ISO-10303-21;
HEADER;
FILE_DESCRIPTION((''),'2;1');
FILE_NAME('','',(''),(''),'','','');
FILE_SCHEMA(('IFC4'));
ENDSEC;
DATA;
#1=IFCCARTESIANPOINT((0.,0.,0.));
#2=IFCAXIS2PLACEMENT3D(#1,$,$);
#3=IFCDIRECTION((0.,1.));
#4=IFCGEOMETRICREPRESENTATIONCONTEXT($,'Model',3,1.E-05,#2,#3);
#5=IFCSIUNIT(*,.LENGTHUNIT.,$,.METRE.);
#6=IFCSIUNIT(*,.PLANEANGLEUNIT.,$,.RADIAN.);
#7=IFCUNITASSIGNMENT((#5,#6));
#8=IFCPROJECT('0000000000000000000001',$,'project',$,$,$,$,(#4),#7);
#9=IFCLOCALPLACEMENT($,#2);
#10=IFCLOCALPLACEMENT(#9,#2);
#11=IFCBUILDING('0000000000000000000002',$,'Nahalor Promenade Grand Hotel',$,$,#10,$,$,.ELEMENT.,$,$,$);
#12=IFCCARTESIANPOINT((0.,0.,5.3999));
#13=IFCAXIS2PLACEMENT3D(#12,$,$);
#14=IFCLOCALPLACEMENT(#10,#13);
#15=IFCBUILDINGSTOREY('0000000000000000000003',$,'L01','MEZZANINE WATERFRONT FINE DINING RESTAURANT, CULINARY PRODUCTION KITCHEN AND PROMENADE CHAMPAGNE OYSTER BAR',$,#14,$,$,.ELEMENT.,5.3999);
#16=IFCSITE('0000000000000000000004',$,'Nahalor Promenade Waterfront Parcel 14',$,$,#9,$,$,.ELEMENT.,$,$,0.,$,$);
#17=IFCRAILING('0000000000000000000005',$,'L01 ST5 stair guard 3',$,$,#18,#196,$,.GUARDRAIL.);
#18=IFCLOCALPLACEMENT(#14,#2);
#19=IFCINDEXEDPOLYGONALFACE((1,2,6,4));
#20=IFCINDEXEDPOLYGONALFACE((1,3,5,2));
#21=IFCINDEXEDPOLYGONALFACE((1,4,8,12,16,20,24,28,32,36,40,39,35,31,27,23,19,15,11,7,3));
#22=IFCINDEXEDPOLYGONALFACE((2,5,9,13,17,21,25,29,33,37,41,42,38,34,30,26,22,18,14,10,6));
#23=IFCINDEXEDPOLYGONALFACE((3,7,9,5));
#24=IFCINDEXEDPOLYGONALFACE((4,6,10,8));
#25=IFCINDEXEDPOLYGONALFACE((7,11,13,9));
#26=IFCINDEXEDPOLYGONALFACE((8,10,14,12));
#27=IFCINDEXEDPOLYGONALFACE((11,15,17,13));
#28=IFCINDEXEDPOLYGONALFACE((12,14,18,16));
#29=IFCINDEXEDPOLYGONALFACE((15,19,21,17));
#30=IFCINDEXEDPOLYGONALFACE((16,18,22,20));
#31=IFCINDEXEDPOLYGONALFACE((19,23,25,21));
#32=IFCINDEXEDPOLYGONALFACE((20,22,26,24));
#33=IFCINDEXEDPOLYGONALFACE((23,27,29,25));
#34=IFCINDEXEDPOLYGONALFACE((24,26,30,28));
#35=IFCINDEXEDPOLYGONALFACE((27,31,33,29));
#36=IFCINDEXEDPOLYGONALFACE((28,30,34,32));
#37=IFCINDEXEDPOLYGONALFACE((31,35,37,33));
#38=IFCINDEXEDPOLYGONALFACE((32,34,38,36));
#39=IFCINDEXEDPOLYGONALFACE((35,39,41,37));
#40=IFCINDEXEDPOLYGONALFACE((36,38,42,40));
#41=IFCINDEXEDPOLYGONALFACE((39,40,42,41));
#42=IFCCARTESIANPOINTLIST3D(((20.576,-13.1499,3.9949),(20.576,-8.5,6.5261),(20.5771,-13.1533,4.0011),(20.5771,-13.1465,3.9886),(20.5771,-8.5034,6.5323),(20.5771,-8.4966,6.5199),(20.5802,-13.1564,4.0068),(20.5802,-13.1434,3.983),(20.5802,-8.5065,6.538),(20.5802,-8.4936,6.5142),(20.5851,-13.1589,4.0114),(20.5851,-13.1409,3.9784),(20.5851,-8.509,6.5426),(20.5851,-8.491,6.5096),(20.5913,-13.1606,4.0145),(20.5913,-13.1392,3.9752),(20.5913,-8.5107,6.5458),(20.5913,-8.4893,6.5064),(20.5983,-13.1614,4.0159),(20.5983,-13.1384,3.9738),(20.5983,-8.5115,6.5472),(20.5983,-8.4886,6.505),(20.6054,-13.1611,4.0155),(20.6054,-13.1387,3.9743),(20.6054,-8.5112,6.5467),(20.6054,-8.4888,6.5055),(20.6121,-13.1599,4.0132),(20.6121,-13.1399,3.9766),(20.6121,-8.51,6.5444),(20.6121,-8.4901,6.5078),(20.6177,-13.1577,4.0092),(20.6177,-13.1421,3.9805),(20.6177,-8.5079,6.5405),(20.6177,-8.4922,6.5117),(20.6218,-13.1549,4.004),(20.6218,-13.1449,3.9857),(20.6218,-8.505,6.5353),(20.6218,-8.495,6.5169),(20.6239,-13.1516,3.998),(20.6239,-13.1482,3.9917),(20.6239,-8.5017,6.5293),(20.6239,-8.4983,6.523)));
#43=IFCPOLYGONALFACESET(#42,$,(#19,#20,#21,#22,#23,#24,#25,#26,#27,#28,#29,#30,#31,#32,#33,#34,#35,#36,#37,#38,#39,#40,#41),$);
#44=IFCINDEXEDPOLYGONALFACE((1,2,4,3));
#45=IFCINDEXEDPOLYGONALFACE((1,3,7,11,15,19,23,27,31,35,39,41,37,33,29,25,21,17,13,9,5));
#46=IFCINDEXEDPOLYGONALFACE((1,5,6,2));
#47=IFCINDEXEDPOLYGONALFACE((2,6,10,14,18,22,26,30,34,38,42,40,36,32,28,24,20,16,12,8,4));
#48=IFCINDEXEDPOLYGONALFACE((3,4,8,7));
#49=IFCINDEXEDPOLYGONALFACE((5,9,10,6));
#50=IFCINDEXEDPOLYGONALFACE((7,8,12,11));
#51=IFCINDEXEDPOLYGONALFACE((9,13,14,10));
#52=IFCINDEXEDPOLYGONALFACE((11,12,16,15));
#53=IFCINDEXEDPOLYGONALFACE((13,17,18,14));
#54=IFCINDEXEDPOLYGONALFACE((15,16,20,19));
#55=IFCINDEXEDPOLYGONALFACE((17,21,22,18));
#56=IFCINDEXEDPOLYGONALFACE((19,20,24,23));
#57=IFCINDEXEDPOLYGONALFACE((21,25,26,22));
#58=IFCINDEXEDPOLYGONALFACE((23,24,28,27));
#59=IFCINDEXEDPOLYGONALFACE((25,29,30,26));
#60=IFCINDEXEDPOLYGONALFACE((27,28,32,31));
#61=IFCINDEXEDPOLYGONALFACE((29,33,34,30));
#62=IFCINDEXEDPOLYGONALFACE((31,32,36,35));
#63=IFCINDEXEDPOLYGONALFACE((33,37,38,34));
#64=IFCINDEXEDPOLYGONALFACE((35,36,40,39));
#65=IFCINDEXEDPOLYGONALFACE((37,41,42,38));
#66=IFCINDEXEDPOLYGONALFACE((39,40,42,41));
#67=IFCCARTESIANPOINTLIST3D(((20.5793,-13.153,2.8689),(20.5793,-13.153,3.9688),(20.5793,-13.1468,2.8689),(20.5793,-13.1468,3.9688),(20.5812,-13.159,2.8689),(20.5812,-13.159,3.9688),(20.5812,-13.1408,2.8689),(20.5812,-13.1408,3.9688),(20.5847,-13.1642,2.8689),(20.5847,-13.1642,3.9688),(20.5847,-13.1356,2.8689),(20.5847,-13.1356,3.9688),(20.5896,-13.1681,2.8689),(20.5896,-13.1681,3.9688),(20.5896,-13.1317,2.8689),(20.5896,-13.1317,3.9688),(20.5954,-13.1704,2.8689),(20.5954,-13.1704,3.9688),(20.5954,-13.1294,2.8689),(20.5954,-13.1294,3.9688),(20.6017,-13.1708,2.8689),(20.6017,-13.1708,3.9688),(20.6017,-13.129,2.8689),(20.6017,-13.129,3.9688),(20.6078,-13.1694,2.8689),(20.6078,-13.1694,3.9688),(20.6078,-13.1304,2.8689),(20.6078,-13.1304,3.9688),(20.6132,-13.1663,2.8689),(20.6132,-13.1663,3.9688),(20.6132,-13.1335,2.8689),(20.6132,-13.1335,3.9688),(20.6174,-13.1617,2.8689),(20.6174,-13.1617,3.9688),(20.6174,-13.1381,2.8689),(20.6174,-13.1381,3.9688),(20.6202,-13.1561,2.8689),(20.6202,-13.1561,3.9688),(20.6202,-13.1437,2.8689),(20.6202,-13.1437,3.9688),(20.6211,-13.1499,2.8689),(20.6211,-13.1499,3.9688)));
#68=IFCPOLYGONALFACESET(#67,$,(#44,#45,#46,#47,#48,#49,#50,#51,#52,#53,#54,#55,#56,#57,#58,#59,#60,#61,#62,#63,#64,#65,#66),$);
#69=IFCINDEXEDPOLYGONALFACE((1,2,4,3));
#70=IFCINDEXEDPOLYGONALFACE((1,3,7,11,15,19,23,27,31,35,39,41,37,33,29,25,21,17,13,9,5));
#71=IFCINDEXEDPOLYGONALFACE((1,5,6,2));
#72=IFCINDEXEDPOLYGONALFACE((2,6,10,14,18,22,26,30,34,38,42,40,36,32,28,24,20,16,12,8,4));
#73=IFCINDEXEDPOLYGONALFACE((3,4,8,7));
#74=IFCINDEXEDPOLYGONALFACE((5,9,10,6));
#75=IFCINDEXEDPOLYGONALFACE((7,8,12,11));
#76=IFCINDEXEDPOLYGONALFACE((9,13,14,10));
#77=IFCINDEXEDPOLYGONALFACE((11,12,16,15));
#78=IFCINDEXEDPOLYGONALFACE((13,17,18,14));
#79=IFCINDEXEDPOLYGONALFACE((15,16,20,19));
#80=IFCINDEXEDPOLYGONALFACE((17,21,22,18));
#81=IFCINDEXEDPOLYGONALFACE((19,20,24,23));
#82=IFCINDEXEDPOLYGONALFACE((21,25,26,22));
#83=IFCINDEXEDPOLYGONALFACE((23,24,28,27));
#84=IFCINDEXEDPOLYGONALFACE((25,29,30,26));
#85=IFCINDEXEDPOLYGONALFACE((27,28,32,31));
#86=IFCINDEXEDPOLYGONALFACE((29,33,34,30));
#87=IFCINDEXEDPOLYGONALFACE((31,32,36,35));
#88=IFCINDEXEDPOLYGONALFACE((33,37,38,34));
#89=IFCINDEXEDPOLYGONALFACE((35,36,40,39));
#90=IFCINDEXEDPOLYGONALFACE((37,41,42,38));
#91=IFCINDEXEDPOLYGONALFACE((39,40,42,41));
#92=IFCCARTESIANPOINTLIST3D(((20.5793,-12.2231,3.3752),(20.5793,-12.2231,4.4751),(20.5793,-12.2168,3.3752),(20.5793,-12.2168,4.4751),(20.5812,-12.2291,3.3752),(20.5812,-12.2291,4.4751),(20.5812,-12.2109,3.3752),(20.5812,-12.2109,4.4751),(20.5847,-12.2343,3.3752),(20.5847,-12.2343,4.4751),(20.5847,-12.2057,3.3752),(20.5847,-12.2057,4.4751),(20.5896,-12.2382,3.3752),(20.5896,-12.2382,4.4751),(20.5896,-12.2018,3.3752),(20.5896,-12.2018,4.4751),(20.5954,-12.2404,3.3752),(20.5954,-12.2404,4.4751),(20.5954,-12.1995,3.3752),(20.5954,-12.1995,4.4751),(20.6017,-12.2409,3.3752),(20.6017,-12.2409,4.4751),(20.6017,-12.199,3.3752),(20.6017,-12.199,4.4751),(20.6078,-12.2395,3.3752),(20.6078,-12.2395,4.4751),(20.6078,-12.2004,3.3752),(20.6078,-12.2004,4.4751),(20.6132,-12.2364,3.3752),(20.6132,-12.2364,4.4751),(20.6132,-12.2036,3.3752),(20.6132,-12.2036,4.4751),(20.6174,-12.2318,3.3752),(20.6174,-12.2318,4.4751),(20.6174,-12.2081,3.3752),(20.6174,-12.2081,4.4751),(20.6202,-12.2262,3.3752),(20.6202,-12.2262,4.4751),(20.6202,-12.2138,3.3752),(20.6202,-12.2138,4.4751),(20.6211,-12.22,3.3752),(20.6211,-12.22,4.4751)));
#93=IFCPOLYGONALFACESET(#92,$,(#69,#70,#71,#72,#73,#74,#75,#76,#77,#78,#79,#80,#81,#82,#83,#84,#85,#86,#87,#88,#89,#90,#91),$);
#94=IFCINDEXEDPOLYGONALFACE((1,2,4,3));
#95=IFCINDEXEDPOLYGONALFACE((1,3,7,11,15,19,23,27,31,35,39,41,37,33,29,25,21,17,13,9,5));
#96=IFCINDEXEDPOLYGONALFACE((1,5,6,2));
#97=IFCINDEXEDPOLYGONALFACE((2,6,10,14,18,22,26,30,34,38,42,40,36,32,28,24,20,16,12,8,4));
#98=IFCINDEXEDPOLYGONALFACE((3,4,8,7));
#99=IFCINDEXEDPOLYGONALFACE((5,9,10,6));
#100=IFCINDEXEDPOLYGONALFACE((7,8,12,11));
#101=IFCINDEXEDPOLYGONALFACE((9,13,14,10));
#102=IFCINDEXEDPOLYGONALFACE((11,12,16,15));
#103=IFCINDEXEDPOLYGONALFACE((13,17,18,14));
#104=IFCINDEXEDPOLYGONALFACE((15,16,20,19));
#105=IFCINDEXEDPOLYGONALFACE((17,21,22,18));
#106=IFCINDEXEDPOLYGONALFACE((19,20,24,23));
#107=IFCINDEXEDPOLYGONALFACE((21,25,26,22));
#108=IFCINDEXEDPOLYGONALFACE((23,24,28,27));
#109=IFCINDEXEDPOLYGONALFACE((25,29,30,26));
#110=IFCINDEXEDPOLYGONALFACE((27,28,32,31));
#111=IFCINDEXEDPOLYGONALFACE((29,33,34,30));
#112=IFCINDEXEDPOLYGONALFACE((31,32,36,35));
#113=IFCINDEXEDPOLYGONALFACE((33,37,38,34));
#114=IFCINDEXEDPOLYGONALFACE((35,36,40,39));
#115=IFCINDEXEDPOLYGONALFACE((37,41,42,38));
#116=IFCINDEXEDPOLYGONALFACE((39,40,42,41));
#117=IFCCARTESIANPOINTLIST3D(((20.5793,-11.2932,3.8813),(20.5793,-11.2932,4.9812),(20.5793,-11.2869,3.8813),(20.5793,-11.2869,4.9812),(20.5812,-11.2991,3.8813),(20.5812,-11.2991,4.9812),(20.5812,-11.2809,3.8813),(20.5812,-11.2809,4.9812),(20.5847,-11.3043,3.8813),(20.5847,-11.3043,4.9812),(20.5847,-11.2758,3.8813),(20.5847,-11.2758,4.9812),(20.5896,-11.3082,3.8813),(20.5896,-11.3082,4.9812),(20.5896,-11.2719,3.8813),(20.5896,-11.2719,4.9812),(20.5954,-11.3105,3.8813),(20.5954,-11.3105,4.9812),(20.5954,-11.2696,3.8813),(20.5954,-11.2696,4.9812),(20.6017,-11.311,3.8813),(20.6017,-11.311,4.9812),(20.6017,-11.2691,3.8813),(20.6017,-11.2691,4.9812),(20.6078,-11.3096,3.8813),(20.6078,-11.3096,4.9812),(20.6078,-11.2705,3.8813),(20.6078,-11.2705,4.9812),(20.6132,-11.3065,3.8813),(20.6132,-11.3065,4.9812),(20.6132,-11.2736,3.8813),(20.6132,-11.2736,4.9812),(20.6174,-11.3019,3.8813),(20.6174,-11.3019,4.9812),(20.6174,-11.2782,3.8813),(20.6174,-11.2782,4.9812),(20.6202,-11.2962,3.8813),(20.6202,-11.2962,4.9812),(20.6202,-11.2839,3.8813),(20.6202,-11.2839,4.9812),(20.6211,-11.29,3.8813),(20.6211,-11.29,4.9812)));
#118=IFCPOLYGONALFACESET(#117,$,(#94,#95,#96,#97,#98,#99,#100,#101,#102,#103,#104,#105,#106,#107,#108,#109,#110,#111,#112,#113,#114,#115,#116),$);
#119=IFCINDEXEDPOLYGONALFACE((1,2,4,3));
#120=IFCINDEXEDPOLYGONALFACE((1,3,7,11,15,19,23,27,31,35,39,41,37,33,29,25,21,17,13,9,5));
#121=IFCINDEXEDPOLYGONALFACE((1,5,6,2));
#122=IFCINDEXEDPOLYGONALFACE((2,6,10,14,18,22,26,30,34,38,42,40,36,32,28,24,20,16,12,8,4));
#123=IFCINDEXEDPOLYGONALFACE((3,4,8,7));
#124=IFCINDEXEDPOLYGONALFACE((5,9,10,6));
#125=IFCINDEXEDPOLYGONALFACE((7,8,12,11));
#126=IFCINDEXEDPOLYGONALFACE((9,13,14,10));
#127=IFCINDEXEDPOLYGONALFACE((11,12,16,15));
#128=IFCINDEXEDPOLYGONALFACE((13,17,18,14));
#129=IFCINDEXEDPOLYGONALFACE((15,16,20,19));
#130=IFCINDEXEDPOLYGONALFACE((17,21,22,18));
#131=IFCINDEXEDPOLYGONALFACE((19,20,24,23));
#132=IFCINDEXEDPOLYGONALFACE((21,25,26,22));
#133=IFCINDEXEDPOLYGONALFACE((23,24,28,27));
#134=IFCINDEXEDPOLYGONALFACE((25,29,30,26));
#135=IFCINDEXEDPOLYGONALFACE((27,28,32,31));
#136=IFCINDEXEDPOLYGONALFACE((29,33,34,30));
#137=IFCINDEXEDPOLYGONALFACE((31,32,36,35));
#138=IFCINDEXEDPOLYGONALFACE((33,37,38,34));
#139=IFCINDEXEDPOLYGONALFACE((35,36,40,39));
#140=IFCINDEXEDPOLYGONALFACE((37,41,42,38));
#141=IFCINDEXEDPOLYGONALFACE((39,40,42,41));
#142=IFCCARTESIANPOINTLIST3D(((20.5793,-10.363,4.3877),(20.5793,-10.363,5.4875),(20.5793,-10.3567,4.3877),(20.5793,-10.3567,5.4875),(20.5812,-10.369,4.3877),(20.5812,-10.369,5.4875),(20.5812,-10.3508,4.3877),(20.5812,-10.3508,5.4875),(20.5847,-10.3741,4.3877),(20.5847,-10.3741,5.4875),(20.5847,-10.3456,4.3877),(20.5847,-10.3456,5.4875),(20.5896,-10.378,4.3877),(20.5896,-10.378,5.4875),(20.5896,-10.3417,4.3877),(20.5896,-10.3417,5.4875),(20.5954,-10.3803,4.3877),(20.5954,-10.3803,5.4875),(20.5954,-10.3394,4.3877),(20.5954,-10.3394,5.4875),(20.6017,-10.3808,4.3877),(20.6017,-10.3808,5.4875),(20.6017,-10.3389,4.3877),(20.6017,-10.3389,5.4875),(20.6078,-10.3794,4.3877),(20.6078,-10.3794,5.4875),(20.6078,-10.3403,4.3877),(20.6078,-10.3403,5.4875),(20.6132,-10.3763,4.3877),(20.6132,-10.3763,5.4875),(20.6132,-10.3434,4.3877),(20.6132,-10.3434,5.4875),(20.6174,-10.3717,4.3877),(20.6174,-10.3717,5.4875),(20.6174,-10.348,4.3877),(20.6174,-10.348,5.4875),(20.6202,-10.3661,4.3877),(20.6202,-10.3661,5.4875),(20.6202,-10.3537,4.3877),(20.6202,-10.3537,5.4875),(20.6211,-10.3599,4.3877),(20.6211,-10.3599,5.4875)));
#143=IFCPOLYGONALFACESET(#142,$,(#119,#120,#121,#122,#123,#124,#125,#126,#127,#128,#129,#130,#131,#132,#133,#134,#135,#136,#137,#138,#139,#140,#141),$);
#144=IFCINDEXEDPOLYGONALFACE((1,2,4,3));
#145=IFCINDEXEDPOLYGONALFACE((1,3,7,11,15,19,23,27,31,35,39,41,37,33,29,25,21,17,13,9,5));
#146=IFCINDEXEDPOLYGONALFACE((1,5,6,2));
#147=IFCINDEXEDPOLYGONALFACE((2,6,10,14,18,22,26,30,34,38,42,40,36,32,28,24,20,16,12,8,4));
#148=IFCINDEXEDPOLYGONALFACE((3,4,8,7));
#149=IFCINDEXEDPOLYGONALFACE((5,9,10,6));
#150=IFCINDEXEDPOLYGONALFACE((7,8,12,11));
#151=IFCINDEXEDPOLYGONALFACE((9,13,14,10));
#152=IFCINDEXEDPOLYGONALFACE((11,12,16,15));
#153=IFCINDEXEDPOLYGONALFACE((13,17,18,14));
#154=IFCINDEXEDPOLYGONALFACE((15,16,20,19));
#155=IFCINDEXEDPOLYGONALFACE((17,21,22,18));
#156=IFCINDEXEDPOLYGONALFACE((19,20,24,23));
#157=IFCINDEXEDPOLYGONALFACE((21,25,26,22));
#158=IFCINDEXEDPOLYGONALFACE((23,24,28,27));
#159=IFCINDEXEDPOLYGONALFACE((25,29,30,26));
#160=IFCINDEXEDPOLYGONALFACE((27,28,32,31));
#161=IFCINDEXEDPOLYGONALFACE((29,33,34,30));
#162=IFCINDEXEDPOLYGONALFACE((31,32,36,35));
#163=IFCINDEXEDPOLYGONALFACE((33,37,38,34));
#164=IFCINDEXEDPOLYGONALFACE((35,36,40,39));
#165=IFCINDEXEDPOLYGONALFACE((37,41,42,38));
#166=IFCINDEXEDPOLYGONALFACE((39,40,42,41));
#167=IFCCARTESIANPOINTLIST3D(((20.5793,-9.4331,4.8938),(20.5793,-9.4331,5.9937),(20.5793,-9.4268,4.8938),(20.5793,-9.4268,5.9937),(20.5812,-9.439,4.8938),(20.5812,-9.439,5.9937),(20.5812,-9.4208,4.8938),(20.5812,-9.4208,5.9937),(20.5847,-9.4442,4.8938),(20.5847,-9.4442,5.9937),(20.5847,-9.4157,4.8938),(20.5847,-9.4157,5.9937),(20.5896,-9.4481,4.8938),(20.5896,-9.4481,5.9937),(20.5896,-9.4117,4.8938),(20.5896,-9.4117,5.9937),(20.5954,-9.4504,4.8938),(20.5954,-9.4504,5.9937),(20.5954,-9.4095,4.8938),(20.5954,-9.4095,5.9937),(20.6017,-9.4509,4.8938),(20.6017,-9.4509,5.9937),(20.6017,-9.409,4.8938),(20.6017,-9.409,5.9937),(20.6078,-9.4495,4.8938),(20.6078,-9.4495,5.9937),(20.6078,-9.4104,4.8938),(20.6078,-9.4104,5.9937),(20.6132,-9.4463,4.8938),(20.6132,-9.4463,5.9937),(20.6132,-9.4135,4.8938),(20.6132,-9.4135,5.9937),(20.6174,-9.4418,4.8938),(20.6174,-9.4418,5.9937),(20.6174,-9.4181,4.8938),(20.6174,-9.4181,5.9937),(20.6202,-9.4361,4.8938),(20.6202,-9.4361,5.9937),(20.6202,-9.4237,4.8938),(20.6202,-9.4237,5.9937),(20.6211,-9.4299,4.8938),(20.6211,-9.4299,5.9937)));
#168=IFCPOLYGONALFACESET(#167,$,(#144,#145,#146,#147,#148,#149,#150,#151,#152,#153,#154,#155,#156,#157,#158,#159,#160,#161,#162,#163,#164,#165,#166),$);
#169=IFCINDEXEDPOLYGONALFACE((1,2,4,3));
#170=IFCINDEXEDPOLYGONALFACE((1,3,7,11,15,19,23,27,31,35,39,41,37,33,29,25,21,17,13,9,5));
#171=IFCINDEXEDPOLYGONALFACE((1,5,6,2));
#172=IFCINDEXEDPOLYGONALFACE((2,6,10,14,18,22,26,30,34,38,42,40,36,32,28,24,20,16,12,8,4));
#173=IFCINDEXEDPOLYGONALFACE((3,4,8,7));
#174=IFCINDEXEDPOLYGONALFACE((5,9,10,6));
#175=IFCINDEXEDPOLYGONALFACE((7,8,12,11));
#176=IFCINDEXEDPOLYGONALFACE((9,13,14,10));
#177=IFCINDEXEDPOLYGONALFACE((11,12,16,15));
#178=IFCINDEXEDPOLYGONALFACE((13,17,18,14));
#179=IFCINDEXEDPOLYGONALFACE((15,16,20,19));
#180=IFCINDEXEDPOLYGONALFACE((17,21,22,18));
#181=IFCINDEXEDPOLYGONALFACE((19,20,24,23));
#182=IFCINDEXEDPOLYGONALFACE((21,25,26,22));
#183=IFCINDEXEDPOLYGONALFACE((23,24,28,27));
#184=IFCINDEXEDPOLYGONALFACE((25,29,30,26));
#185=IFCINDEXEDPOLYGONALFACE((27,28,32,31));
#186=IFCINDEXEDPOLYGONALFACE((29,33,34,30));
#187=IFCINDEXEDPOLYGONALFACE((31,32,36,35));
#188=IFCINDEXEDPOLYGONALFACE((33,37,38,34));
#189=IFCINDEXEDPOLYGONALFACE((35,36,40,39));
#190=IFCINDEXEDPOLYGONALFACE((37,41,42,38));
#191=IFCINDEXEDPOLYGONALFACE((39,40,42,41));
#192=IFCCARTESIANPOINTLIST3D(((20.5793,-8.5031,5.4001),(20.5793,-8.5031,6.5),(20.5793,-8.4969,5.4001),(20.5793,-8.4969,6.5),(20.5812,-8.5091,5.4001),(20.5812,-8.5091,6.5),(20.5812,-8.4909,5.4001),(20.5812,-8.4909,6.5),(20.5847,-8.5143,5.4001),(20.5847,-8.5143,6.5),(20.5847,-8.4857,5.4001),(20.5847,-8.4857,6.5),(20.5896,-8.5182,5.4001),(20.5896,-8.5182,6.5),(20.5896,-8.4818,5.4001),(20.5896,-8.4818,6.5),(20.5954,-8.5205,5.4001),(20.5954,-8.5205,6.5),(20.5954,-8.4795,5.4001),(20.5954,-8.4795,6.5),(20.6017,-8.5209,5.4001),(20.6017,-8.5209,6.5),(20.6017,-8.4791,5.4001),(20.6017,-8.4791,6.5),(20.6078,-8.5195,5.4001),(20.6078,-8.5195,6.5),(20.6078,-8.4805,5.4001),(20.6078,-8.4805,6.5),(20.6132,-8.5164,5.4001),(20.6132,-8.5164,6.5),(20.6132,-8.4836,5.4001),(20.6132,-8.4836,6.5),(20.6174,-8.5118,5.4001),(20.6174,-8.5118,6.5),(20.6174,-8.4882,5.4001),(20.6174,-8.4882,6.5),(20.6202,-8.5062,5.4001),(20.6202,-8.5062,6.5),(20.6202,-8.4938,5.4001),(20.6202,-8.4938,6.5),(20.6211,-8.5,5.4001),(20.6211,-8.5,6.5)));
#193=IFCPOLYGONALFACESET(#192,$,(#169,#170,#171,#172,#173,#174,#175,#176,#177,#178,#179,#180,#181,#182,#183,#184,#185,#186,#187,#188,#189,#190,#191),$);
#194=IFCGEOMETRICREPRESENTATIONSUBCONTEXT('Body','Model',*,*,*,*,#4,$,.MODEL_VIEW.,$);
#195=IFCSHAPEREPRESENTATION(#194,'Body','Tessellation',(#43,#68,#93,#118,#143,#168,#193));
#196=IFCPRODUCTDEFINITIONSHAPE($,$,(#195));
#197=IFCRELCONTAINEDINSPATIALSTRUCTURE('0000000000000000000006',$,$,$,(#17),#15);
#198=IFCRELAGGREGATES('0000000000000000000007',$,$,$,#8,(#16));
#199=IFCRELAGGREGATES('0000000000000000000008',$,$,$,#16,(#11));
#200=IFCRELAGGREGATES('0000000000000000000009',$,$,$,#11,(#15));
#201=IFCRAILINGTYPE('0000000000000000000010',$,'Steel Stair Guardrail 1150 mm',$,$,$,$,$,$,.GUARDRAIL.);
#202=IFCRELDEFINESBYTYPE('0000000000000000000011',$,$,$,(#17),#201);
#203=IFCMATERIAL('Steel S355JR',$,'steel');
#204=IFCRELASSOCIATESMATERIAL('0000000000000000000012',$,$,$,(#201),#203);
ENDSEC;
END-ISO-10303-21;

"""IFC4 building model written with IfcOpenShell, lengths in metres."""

from ifc_helpers import new_model, si_unit, direction, frame, origin, origin_2d, place, context, subcontext, project, spatial, circle, extrude, material, type_object, element, save


model = new_model("IFC4")

# Units and contexts
model_context = context("Model", 3, precision=1e-05, world=origin(), true_north=direction((0.0, 1.0)))
body_context = subcontext(model_context, "Body", "Model", "MODEL_VIEW")
ifc_project = project(units=[si_unit("LENGTHUNIT", "METRE"), si_unit("PLANEANGLEUNIT", "RADIAN")], contexts=[model_context])

# Site, building, storey
site_placement = place(None, origin())
site = spatial("IfcSite", under=ifc_project, at=site_placement, Name="Nahalor Promenade Waterfront Parcel 14", CompositionType="ELEMENT", RefElevation=0.0)
building_placement = place(site_placement, origin())
building = spatial("IfcBuilding", under=site, at=building_placement, Name="Nahalor Promenade Grand Hotel", CompositionType="ELEMENT")
storey_placement = place(building_placement, frame((0.0, 0.0, 5.3999)))
storey = spatial("IfcBuildingStorey", under=building, at=storey_placement, Name="L01", Description="MEZZANINE WATERFRONT FINE DINING RESTAURANT, CULINARY PRODUCTION KITCHEN AND PROMENADE CHAMPAGNE OYSTER BAR", CompositionType="ELEMENT", Elevation=5.3999)

# Shared definitions
ifc_material_1 = material(Name="Steel S355JR", Category="steel")

# Railing
railing_type_1 = type_object("IfcRailingType", Name="Steel Stair Guardrail 1150 mm", PredefinedType="GUARDRAIL", material=ifc_material_1)
railing_1_placement = place(storey_placement, frame((20.6001, -13.1499, 2.8689)))
element("IfcRailing", 1, at=railing_1_placement, inside=storey, type_object=railing_type_1, Name="L01 ST5 stair guard 3", PredefinedType="GUARDRAIL", context=body_context, shape_type="SweptSolid", body=[
    extrude(circle(Radius=0.024, at=origin_2d()), frame((0.0, 0.0, 1.126), z_axis=(0.0, 0.878297, 0.478115), x_axis=(-1.0, 0.0, 0.0)), (0.0, 0.0, 1.0), 5.2942),
    extrude(circle(Radius=0.021, at=origin_2d()), origin(), (0.0, 0.0, 1.0), 1.0999),
    extrude(circle(Radius=0.021, at=origin_2d()), frame((0.0, 0.9299, 0.5063)), (0.0, 0.0, 1.0), 1.0999),
    extrude(circle(Radius=0.021, at=origin_2d()), frame((0.0, 1.8599, 1.0125)), (0.0, 0.0, 1.0), 1.0999),
    extrude(circle(Radius=0.021, at=origin_2d()), frame((0.0, 2.79, 1.5188)), (0.0, 0.0, 1.0), 1.0999),
    extrude(circle(Radius=0.021, at=origin_2d()), frame((0.0, 3.72, 2.0249)), (0.0, 0.0, 1.0), 1.0999),
    extrude(circle(Radius=0.021, at=origin_2d()), frame((0.0, 4.6499, 2.5312)), (0.0, 0.0, 1.0), 1.0999),
])

save(model, "model.ifc")
